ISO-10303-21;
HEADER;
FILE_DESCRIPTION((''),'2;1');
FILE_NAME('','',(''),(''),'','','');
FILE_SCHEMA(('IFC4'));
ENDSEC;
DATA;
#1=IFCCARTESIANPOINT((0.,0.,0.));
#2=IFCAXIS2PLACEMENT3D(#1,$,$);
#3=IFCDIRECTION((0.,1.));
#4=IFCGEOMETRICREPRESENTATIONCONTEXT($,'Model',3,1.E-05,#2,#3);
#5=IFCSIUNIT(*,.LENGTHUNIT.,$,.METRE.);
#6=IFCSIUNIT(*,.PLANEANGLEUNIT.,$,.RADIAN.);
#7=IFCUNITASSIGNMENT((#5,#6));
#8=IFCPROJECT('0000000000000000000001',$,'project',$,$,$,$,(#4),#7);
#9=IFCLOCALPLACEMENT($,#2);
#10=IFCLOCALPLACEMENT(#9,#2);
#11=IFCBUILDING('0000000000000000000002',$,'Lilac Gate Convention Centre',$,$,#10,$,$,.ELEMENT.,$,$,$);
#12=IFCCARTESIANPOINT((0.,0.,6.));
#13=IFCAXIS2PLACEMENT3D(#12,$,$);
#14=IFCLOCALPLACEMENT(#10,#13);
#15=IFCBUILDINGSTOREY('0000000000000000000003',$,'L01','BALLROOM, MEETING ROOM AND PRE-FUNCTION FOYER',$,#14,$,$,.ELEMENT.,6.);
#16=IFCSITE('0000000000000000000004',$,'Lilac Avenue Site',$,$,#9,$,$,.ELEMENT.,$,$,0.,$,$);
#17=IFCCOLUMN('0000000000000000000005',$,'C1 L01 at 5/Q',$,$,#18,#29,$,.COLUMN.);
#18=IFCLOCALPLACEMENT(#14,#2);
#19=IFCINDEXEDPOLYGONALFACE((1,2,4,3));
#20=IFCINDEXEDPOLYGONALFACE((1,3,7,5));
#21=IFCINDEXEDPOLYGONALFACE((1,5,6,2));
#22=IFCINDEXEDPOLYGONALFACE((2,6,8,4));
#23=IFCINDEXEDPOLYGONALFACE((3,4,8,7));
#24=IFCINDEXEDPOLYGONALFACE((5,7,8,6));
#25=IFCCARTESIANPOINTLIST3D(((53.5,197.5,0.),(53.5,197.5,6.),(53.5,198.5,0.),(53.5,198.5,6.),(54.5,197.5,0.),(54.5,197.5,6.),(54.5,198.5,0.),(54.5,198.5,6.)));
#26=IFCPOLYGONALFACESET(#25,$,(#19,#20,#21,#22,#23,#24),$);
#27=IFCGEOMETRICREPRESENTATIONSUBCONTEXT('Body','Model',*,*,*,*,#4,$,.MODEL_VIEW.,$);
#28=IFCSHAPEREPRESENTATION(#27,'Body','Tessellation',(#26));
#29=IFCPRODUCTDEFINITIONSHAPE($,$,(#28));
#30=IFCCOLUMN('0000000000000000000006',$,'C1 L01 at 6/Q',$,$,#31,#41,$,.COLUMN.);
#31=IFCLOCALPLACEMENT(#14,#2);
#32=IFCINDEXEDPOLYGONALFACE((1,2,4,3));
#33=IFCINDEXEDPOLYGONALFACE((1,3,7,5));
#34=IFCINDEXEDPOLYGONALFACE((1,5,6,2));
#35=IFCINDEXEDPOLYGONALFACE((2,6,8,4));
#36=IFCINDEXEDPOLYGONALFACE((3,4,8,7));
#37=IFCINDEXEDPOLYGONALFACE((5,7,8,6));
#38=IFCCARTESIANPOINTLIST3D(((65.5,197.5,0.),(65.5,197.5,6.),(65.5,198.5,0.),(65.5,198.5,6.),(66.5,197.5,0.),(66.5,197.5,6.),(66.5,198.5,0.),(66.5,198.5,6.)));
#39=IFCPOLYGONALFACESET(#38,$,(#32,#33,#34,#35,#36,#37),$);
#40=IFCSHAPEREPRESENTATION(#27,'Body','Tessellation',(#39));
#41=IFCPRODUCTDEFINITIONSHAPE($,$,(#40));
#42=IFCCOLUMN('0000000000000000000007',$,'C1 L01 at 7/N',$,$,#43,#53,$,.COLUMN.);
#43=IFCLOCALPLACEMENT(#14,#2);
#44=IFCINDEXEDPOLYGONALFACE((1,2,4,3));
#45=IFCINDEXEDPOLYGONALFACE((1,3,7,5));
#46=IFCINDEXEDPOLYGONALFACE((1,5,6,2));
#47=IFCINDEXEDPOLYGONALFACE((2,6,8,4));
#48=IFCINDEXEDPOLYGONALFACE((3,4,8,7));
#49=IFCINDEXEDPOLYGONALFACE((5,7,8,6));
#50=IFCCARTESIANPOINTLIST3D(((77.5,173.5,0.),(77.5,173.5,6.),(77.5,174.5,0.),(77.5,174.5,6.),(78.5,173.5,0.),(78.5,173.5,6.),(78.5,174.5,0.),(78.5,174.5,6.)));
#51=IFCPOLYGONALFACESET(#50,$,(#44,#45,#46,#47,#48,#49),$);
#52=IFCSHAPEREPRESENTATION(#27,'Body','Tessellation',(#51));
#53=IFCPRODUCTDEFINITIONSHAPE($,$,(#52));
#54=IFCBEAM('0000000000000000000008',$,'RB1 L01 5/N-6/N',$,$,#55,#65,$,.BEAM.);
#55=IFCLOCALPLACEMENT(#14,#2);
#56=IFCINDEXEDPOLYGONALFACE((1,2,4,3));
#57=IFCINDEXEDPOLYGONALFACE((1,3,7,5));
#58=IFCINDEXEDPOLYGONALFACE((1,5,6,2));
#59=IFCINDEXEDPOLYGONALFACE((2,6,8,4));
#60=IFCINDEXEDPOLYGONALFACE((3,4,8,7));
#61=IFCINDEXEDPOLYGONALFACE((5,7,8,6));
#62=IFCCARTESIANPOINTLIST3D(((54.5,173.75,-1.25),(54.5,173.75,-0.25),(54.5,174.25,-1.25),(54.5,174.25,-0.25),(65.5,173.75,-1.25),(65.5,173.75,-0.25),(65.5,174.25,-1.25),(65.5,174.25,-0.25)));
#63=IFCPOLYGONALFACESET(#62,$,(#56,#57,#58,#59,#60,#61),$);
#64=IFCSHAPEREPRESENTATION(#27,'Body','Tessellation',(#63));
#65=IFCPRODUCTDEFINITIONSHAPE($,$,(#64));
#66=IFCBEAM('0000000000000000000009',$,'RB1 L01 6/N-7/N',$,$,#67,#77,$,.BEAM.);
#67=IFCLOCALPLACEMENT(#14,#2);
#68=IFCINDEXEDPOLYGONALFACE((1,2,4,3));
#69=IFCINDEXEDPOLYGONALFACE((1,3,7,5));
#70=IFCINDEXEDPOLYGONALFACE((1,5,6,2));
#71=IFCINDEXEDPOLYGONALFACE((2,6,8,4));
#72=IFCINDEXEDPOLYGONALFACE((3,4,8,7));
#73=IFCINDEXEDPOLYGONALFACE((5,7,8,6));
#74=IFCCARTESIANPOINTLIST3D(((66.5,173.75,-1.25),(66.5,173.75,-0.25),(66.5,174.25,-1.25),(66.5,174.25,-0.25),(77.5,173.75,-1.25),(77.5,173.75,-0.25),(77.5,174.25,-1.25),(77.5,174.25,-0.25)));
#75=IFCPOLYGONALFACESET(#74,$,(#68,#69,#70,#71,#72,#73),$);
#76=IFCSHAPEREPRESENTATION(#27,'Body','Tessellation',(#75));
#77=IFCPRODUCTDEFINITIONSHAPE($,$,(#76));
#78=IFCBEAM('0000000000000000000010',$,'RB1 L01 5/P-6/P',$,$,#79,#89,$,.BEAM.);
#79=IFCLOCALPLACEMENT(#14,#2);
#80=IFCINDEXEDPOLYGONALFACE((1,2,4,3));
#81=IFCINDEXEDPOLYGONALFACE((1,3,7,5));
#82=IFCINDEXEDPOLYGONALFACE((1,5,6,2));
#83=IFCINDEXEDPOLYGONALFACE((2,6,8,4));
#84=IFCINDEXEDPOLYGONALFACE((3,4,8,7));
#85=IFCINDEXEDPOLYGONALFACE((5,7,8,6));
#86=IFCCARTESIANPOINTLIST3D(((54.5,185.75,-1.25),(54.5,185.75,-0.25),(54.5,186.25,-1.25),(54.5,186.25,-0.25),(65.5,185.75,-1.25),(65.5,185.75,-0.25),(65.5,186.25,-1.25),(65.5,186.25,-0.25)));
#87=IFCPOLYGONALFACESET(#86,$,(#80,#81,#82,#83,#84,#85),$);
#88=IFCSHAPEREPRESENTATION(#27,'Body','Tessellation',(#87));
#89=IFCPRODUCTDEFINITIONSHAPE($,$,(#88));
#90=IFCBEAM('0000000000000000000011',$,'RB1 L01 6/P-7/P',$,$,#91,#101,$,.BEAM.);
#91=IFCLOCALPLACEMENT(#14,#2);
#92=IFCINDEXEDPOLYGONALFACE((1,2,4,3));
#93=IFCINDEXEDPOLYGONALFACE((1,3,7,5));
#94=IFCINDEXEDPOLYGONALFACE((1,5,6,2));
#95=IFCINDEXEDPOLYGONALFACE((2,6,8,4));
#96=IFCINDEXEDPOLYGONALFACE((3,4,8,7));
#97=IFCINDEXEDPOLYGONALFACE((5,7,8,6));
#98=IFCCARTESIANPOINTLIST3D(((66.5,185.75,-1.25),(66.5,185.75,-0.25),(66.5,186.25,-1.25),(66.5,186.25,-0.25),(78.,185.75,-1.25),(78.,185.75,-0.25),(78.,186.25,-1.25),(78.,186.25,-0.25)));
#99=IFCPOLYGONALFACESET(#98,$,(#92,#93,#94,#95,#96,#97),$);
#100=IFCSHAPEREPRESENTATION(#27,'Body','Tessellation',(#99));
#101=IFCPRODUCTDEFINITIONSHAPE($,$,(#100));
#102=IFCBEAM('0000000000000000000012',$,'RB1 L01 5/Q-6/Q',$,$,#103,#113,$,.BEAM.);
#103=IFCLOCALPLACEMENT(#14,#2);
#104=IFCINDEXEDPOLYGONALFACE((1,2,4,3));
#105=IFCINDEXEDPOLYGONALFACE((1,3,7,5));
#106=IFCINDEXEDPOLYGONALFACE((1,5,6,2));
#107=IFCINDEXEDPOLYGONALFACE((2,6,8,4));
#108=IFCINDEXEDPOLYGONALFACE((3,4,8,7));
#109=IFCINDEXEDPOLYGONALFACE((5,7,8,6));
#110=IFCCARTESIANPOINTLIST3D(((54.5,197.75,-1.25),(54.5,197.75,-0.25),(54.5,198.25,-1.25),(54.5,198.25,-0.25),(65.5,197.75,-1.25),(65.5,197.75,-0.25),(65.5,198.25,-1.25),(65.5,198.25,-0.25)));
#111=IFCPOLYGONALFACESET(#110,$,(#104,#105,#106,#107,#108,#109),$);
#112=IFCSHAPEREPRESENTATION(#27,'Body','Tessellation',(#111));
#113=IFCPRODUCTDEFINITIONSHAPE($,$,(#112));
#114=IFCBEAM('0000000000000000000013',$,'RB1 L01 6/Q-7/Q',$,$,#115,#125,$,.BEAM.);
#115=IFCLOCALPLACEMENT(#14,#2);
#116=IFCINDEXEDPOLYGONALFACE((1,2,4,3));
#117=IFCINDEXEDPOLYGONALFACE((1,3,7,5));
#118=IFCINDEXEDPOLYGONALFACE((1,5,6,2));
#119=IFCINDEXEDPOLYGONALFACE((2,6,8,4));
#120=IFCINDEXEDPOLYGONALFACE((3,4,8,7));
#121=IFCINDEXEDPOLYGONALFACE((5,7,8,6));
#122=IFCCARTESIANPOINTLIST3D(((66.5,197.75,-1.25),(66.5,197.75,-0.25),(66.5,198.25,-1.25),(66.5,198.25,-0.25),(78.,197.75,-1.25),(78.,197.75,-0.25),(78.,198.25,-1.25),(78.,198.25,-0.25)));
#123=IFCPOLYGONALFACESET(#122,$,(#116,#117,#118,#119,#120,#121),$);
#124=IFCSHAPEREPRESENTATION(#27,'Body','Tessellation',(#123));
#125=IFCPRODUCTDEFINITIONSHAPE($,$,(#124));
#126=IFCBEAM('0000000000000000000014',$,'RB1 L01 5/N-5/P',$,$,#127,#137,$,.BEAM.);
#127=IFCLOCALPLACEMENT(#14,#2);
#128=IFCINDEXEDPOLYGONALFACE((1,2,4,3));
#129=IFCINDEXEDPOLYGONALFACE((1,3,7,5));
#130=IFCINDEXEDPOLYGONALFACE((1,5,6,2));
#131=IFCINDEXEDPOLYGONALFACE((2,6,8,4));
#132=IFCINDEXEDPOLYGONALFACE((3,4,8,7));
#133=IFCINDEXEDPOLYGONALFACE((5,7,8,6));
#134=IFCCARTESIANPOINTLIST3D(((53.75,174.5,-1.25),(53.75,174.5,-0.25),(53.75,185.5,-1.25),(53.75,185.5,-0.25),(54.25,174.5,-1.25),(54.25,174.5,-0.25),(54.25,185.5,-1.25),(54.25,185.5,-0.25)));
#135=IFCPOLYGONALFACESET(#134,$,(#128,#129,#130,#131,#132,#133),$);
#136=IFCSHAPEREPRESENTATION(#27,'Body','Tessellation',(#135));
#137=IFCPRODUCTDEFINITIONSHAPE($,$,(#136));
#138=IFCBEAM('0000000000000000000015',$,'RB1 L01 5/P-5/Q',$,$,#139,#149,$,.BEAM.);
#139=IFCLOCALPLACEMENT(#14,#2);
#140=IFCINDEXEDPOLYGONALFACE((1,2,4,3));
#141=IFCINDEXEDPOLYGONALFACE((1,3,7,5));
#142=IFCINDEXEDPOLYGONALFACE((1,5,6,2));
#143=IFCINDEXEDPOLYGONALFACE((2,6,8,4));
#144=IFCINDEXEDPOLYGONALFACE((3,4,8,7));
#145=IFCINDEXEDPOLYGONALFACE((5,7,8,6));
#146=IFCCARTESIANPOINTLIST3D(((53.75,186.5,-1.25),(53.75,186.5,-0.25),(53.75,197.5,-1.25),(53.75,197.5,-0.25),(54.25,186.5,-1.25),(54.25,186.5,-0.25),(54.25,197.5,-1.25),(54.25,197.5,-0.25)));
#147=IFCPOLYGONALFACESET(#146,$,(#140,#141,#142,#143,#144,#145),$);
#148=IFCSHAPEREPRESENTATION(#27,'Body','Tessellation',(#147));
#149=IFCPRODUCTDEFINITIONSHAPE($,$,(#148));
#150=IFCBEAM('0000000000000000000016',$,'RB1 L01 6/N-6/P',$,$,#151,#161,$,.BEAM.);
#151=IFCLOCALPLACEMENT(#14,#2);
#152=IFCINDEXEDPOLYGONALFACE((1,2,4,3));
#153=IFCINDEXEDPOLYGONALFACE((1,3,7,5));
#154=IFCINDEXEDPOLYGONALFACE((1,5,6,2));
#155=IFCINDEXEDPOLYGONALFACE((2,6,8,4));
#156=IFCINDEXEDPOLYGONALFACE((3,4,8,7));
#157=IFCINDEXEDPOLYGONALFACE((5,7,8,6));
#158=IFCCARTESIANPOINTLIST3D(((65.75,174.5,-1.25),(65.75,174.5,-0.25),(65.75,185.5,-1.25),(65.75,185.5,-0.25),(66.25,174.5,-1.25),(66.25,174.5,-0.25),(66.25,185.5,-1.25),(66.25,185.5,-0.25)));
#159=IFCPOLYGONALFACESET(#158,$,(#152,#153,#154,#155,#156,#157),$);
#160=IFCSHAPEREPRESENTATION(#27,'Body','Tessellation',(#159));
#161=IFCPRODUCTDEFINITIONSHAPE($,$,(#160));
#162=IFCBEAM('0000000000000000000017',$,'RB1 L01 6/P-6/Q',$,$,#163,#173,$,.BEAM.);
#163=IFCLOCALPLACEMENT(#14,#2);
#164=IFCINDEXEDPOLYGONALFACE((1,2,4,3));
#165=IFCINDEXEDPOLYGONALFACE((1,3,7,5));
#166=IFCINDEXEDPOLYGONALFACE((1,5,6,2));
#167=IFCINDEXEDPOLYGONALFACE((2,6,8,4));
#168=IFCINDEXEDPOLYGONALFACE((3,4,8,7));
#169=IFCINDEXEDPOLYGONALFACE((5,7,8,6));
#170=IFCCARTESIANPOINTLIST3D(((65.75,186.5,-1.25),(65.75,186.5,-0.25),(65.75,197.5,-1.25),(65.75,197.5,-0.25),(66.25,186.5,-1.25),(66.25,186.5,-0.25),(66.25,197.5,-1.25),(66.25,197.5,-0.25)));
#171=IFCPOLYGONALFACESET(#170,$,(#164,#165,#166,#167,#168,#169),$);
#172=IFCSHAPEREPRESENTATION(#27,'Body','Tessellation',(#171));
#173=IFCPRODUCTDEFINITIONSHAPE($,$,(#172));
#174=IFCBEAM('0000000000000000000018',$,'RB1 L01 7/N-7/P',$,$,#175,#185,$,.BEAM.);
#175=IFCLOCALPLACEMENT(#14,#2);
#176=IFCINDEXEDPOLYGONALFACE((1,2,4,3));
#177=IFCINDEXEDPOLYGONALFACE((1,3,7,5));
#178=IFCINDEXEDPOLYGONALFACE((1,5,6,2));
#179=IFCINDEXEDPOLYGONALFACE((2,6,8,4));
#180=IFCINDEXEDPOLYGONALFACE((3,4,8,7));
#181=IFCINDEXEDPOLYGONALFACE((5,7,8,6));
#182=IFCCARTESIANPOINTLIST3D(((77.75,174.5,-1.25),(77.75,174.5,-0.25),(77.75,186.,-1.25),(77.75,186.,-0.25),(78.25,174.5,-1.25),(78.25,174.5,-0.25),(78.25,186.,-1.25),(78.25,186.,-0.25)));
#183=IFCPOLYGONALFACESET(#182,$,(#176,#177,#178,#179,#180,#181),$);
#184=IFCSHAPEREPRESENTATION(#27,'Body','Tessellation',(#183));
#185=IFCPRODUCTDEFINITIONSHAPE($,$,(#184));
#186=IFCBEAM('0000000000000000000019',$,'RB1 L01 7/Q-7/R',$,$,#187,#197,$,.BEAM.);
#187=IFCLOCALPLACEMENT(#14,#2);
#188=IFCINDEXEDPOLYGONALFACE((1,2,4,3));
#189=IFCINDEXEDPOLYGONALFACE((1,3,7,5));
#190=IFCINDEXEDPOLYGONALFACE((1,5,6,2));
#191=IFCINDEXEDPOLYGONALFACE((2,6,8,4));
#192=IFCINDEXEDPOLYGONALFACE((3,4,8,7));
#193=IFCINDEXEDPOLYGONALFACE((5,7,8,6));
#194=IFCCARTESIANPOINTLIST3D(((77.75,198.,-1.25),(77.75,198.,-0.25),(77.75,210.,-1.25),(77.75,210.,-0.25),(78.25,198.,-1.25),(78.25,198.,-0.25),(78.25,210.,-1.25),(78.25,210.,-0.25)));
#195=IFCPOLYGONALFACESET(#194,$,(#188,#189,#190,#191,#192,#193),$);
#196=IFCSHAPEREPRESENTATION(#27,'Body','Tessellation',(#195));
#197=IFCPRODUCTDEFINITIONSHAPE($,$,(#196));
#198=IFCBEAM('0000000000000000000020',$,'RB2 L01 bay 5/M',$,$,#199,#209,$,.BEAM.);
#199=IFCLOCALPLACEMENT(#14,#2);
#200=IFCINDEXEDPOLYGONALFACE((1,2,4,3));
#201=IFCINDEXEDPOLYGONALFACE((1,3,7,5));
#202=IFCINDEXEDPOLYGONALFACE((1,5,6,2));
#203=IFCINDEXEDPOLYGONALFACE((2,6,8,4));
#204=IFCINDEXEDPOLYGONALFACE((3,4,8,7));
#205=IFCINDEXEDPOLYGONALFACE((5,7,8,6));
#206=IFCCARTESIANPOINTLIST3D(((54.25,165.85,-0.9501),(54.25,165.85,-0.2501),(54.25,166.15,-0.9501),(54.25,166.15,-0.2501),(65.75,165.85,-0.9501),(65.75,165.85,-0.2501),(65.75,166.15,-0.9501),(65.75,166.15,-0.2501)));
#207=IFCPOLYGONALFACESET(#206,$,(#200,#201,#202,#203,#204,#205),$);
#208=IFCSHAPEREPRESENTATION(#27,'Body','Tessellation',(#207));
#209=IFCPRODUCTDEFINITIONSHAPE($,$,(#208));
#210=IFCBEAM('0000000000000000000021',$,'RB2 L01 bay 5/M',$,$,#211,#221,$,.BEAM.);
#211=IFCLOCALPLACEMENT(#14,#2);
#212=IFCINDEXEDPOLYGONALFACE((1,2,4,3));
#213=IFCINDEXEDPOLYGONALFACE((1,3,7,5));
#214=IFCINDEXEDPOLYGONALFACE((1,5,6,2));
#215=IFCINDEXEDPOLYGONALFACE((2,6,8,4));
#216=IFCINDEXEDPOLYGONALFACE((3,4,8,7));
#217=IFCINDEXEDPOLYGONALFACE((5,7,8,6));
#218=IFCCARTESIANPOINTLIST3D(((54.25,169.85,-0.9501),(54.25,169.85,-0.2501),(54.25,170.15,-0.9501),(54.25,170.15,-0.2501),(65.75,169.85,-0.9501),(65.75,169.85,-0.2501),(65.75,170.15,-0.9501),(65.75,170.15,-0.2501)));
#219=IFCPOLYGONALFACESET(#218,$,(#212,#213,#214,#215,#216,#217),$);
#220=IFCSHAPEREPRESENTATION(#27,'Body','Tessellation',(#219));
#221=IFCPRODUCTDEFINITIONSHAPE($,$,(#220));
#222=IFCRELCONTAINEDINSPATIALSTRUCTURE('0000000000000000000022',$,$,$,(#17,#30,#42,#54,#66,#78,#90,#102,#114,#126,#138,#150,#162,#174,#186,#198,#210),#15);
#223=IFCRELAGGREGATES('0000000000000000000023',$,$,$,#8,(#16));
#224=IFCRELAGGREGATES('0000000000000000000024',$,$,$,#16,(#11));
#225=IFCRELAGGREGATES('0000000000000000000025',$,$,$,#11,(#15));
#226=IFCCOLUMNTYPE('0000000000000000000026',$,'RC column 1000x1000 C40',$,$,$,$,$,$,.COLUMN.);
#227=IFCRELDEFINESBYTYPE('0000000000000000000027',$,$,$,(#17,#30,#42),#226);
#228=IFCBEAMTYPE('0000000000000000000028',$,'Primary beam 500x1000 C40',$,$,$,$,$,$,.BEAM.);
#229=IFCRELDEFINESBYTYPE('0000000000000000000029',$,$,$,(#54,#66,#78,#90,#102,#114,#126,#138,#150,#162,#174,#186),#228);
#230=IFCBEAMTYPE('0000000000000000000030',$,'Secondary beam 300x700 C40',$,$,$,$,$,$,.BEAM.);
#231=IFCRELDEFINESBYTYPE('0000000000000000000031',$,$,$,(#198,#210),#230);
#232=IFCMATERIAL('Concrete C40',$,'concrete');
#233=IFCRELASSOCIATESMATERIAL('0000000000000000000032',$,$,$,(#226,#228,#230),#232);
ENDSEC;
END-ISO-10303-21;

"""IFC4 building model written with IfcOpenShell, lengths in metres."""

from ifc_helpers import new_model, si_unit, direction, frame, origin, origin_2d, place, context, subcontext, project, spatial, rectangle, extrude, material, material_profile, profile_set, type_object, element, save


model = new_model("IFC4")

# Units and contexts
model_context = context("Model", 3, precision=1e-05, world=origin(), true_north=direction((0.0, 1.0)))
body_context = subcontext(model_context, "Body", "Model", "MODEL_VIEW")
ifc_project = project(units=[si_unit("LENGTHUNIT", "METRE"), si_unit("PLANEANGLEUNIT", "RADIAN")], contexts=[model_context])

# Site, building, storey
site_placement = place(None, origin())
site = spatial("IfcSite", under=ifc_project, at=site_placement, Name="Lilac Avenue Site", CompositionType="ELEMENT", RefElevation=0.0)
building_placement = place(site_placement, origin())
building = spatial("IfcBuilding", under=site, at=building_placement, Name="Lilac Gate Convention Centre", CompositionType="ELEMENT")
storey_placement = place(building_placement, frame((0.0, 0.0, 6.0)))
storey = spatial("IfcBuildingStorey", under=building, at=storey_placement, Name="L01", Description="BALLROOM, MEETING ROOM AND PRE-FUNCTION FOYER", CompositionType="ELEMENT", Elevation=6.0)

# Columns
ifc_material_1 = material(Name="Concrete C40", Category="concrete")
ifc_material_profile_1 = material_profile(ifc_material_1, rectangle(XDim=1.0, YDim=1.0, at=origin_2d()), Name="RC 1000x1000")
ifc_profile_set_1 = profile_set([ifc_material_profile_1], Name="Concrete C40")
column_type = type_object("IfcColumnType", Name="RC column 1000x1000 C40", PredefinedType="COLUMN", material=ifc_profile_set_1)
for number, where, z_axis, x_axis, name in (
    (1, (54.0, 198.0, 0.0), (0.0, 0.0, 1.0), (1.0, 0.0, 0.0), "C1 L01 at 5/Q"),
    (2, (66.0, 198.0, 0.0), (0.0, 0.0, 1.0), (1.0, 0.0, 0.0), "C1 L01 at 6/Q"),
    (3, (78.0, 174.0, 0.0), (0.0, 0.0, 1.0), (1.0, 0.0, 0.0), "C1 L01 at 7/N"),
):
    element("IfcColumn", number, at=place(storey_placement, frame(where, z_axis=z_axis, x_axis=x_axis)), inside=storey, type_object=column_type, Name=name, PredefinedType="COLUMN", context=body_context, shape_type="SweptSolid", body=[
        extrude(rectangle(XDim=1.0, YDim=1.0, at=origin_2d()), origin(), (0.0, 0.0, 1.0), 6.0),
    ])

# Beams
ifc_material_profile_2 = material_profile(ifc_material_1, rectangle(XDim=0.5, YDim=1.0, at=origin_2d()), Name="RC 500x1000")
ifc_profile_set_2 = profile_set([ifc_material_profile_2], Name="Concrete C40")
beam_type_1 = type_object("IfcBeamType", Name="Primary beam 500x1000 C40", PredefinedType="BEAM", material=ifc_profile_set_2)
for number, where, z_axis, x_axis, name in (
    (4, (54.5, 174.0, -0.75), (1.0, 0.0, 0.0), (0.0, 1.0, 0.0), "RB1 L01 5/N-6/N"),
    (5, (66.5, 174.0, -0.75), (1.0, 0.0, 0.0), (0.0, 1.0, 0.0), "RB1 L01 6/N-7/N"),
    (6, (54.5, 186.0, -0.75), (1.0, 0.0, 0.0), (0.0, 1.0, 0.0), "RB1 L01 5/P-6/P"),
):
    element("IfcBeam", number, at=place(storey_placement, frame(where, z_axis=z_axis, x_axis=x_axis)), inside=storey, type_object=beam_type_1, Name=name, PredefinedType="BEAM", context=body_context, shape_type="SweptSolid", body=[
        extrude(rectangle(XDim=0.5, YDim=1.0, at=origin_2d()), origin(), (0.0, 0.0, 1.0), 11.0),
    ])
beam_1_placement = place(storey_placement, frame((66.5, 186.0, -0.75), z_axis=(1.0, 0.0, 0.0), x_axis=(0.0, 1.0, 0.0)))
element("IfcBeam", 7, at=beam_1_placement, inside=storey, type_object=beam_type_1, Name="RB1 L01 6/P-7/P", PredefinedType="BEAM", context=body_context, shape_type="SweptSolid", body=[
    extrude(rectangle(XDim=0.5, YDim=1.0, at=origin_2d()), origin(), (0.0, 0.0, 1.0), 11.5),
])
beam_2_placement = place(storey_placement, frame((54.5, 198.0, -0.75), z_axis=(1.0, 0.0, 0.0), x_axis=(0.0, 1.0, 0.0)))
element("IfcBeam", 8, at=beam_2_placement, inside=storey, type_object=beam_type_1, Name="RB1 L01 5/Q-6/Q", PredefinedType="BEAM", context=body_context, shape_type="SweptSolid", body=[
    extrude(rectangle(XDim=0.5, YDim=1.0, at=origin_2d()), origin(), (0.0, 0.0, 1.0), 11.0),
])
beam_3_placement = place(storey_placement, frame((66.5, 198.0, -0.75), z_axis=(1.0, 0.0, 0.0), x_axis=(0.0, 1.0, 0.0)))
element("IfcBeam", 9, at=beam_3_placement, inside=storey, type_object=beam_type_1, Name="RB1 L01 6/Q-7/Q", PredefinedType="BEAM", context=body_context, shape_type="SweptSolid", body=[
    extrude(rectangle(XDim=0.5, YDim=1.0, at=origin_2d()), origin(), (0.0, 0.0, 1.0), 11.5),
])
for number, where, z_axis, x_axis, name in (
    (10, (54.0, 174.5, -0.75), (0.0, 1.0, 0.0), (-1.0, 0.0, 0.0), "RB1 L01 5/N-5/P"),
    (11, (54.0, 186.5, -0.75), (0.0, 1.0, 0.0), (-1.0, 0.0, 0.0), "RB1 L01 5/P-5/Q"),
    (12, (66.0, 174.5, -0.75), (0.0, 1.0, 0.0), (-1.0, 0.0, 0.0), "RB1 L01 6/N-6/P"),
    (13, (66.0, 186.5, -0.75), (0.0, 1.0, 0.0), (-1.0, 0.0, 0.0), "RB1 L01 6/P-6/Q"),
):
    element("IfcBeam", number, at=place(storey_placement, frame(where, z_axis=z_axis, x_axis=x_axis)), inside=storey, type_object=beam_type_1, Name=name, PredefinedType="BEAM", context=body_context, shape_type="SweptSolid", body=[
        extrude(rectangle(XDim=0.5, YDim=1.0, at=origin_2d()), origin(), (0.0, 0.0, 1.0), 11.0),
    ])
beam_4_placement = place(storey_placement, frame((78.0, 174.5, -0.75), z_axis=(0.0, 1.0, 0.0), x_axis=(-1.0, 0.0, 0.0)))
element("IfcBeam", 14, at=beam_4_placement, inside=storey, type_object=beam_type_1, Name="RB1 L01 7/N-7/P", PredefinedType="BEAM", context=body_context, shape_type="SweptSolid", body=[
    extrude(rectangle(XDim=0.5, YDim=1.0, at=origin_2d()), origin(), (0.0, 0.0, 1.0), 11.5),
])
beam_5_placement = place(storey_placement, frame((78.0, 198.0, -0.75), z_axis=(0.0, 1.0, 0.0), x_axis=(-1.0, 0.0, 0.0)))
element("IfcBeam", 15, at=beam_5_placement, inside=storey, type_object=beam_type_1, Name="RB1 L01 7/Q-7/R", PredefinedType="BEAM", context=body_context, shape_type="SweptSolid", body=[
    extrude(rectangle(XDim=0.5, YDim=1.0, at=origin_2d()), origin(), (0.0, 0.0, 1.0), 12.0),
])
ifc_material_profile_3 = material_profile(ifc_material_1, rectangle(XDim=0.3, YDim=0.7, at=origin_2d()), Name="RC 300x700")
ifc_profile_set_3 = profile_set([ifc_material_profile_3], Name="Concrete C40")
beam_type_2 = type_object("IfcBeamType", Name="Secondary beam 300x700 C40", PredefinedType="BEAM", material=ifc_profile_set_3)
for number, where, z_axis, x_axis, name in (
    (16, (54.25, 166.0, -0.6001), (1.0, 0.0, 0.0), (0.0, 1.0, 0.0), "RB2 L01 bay 5/M"),
    (17, (54.25, 170.0, -0.6001), (1.0, 0.0, 0.0), (0.0, 1.0, 0.0), "RB2 L01 bay 5/M"),
):
    element("IfcBeam", number, at=place(storey_placement, frame(where, z_axis=z_axis, x_axis=x_axis)), inside=storey, type_object=beam_type_2, Name=name, PredefinedType="BEAM", context=body_context, shape_type="SweptSolid", body=[
        extrude(rectangle(XDim=0.3, YDim=0.7, at=origin_2d()), origin(), (0.0, 0.0, 1.0), 11.5),
    ])

save(model, "model.ifc")
